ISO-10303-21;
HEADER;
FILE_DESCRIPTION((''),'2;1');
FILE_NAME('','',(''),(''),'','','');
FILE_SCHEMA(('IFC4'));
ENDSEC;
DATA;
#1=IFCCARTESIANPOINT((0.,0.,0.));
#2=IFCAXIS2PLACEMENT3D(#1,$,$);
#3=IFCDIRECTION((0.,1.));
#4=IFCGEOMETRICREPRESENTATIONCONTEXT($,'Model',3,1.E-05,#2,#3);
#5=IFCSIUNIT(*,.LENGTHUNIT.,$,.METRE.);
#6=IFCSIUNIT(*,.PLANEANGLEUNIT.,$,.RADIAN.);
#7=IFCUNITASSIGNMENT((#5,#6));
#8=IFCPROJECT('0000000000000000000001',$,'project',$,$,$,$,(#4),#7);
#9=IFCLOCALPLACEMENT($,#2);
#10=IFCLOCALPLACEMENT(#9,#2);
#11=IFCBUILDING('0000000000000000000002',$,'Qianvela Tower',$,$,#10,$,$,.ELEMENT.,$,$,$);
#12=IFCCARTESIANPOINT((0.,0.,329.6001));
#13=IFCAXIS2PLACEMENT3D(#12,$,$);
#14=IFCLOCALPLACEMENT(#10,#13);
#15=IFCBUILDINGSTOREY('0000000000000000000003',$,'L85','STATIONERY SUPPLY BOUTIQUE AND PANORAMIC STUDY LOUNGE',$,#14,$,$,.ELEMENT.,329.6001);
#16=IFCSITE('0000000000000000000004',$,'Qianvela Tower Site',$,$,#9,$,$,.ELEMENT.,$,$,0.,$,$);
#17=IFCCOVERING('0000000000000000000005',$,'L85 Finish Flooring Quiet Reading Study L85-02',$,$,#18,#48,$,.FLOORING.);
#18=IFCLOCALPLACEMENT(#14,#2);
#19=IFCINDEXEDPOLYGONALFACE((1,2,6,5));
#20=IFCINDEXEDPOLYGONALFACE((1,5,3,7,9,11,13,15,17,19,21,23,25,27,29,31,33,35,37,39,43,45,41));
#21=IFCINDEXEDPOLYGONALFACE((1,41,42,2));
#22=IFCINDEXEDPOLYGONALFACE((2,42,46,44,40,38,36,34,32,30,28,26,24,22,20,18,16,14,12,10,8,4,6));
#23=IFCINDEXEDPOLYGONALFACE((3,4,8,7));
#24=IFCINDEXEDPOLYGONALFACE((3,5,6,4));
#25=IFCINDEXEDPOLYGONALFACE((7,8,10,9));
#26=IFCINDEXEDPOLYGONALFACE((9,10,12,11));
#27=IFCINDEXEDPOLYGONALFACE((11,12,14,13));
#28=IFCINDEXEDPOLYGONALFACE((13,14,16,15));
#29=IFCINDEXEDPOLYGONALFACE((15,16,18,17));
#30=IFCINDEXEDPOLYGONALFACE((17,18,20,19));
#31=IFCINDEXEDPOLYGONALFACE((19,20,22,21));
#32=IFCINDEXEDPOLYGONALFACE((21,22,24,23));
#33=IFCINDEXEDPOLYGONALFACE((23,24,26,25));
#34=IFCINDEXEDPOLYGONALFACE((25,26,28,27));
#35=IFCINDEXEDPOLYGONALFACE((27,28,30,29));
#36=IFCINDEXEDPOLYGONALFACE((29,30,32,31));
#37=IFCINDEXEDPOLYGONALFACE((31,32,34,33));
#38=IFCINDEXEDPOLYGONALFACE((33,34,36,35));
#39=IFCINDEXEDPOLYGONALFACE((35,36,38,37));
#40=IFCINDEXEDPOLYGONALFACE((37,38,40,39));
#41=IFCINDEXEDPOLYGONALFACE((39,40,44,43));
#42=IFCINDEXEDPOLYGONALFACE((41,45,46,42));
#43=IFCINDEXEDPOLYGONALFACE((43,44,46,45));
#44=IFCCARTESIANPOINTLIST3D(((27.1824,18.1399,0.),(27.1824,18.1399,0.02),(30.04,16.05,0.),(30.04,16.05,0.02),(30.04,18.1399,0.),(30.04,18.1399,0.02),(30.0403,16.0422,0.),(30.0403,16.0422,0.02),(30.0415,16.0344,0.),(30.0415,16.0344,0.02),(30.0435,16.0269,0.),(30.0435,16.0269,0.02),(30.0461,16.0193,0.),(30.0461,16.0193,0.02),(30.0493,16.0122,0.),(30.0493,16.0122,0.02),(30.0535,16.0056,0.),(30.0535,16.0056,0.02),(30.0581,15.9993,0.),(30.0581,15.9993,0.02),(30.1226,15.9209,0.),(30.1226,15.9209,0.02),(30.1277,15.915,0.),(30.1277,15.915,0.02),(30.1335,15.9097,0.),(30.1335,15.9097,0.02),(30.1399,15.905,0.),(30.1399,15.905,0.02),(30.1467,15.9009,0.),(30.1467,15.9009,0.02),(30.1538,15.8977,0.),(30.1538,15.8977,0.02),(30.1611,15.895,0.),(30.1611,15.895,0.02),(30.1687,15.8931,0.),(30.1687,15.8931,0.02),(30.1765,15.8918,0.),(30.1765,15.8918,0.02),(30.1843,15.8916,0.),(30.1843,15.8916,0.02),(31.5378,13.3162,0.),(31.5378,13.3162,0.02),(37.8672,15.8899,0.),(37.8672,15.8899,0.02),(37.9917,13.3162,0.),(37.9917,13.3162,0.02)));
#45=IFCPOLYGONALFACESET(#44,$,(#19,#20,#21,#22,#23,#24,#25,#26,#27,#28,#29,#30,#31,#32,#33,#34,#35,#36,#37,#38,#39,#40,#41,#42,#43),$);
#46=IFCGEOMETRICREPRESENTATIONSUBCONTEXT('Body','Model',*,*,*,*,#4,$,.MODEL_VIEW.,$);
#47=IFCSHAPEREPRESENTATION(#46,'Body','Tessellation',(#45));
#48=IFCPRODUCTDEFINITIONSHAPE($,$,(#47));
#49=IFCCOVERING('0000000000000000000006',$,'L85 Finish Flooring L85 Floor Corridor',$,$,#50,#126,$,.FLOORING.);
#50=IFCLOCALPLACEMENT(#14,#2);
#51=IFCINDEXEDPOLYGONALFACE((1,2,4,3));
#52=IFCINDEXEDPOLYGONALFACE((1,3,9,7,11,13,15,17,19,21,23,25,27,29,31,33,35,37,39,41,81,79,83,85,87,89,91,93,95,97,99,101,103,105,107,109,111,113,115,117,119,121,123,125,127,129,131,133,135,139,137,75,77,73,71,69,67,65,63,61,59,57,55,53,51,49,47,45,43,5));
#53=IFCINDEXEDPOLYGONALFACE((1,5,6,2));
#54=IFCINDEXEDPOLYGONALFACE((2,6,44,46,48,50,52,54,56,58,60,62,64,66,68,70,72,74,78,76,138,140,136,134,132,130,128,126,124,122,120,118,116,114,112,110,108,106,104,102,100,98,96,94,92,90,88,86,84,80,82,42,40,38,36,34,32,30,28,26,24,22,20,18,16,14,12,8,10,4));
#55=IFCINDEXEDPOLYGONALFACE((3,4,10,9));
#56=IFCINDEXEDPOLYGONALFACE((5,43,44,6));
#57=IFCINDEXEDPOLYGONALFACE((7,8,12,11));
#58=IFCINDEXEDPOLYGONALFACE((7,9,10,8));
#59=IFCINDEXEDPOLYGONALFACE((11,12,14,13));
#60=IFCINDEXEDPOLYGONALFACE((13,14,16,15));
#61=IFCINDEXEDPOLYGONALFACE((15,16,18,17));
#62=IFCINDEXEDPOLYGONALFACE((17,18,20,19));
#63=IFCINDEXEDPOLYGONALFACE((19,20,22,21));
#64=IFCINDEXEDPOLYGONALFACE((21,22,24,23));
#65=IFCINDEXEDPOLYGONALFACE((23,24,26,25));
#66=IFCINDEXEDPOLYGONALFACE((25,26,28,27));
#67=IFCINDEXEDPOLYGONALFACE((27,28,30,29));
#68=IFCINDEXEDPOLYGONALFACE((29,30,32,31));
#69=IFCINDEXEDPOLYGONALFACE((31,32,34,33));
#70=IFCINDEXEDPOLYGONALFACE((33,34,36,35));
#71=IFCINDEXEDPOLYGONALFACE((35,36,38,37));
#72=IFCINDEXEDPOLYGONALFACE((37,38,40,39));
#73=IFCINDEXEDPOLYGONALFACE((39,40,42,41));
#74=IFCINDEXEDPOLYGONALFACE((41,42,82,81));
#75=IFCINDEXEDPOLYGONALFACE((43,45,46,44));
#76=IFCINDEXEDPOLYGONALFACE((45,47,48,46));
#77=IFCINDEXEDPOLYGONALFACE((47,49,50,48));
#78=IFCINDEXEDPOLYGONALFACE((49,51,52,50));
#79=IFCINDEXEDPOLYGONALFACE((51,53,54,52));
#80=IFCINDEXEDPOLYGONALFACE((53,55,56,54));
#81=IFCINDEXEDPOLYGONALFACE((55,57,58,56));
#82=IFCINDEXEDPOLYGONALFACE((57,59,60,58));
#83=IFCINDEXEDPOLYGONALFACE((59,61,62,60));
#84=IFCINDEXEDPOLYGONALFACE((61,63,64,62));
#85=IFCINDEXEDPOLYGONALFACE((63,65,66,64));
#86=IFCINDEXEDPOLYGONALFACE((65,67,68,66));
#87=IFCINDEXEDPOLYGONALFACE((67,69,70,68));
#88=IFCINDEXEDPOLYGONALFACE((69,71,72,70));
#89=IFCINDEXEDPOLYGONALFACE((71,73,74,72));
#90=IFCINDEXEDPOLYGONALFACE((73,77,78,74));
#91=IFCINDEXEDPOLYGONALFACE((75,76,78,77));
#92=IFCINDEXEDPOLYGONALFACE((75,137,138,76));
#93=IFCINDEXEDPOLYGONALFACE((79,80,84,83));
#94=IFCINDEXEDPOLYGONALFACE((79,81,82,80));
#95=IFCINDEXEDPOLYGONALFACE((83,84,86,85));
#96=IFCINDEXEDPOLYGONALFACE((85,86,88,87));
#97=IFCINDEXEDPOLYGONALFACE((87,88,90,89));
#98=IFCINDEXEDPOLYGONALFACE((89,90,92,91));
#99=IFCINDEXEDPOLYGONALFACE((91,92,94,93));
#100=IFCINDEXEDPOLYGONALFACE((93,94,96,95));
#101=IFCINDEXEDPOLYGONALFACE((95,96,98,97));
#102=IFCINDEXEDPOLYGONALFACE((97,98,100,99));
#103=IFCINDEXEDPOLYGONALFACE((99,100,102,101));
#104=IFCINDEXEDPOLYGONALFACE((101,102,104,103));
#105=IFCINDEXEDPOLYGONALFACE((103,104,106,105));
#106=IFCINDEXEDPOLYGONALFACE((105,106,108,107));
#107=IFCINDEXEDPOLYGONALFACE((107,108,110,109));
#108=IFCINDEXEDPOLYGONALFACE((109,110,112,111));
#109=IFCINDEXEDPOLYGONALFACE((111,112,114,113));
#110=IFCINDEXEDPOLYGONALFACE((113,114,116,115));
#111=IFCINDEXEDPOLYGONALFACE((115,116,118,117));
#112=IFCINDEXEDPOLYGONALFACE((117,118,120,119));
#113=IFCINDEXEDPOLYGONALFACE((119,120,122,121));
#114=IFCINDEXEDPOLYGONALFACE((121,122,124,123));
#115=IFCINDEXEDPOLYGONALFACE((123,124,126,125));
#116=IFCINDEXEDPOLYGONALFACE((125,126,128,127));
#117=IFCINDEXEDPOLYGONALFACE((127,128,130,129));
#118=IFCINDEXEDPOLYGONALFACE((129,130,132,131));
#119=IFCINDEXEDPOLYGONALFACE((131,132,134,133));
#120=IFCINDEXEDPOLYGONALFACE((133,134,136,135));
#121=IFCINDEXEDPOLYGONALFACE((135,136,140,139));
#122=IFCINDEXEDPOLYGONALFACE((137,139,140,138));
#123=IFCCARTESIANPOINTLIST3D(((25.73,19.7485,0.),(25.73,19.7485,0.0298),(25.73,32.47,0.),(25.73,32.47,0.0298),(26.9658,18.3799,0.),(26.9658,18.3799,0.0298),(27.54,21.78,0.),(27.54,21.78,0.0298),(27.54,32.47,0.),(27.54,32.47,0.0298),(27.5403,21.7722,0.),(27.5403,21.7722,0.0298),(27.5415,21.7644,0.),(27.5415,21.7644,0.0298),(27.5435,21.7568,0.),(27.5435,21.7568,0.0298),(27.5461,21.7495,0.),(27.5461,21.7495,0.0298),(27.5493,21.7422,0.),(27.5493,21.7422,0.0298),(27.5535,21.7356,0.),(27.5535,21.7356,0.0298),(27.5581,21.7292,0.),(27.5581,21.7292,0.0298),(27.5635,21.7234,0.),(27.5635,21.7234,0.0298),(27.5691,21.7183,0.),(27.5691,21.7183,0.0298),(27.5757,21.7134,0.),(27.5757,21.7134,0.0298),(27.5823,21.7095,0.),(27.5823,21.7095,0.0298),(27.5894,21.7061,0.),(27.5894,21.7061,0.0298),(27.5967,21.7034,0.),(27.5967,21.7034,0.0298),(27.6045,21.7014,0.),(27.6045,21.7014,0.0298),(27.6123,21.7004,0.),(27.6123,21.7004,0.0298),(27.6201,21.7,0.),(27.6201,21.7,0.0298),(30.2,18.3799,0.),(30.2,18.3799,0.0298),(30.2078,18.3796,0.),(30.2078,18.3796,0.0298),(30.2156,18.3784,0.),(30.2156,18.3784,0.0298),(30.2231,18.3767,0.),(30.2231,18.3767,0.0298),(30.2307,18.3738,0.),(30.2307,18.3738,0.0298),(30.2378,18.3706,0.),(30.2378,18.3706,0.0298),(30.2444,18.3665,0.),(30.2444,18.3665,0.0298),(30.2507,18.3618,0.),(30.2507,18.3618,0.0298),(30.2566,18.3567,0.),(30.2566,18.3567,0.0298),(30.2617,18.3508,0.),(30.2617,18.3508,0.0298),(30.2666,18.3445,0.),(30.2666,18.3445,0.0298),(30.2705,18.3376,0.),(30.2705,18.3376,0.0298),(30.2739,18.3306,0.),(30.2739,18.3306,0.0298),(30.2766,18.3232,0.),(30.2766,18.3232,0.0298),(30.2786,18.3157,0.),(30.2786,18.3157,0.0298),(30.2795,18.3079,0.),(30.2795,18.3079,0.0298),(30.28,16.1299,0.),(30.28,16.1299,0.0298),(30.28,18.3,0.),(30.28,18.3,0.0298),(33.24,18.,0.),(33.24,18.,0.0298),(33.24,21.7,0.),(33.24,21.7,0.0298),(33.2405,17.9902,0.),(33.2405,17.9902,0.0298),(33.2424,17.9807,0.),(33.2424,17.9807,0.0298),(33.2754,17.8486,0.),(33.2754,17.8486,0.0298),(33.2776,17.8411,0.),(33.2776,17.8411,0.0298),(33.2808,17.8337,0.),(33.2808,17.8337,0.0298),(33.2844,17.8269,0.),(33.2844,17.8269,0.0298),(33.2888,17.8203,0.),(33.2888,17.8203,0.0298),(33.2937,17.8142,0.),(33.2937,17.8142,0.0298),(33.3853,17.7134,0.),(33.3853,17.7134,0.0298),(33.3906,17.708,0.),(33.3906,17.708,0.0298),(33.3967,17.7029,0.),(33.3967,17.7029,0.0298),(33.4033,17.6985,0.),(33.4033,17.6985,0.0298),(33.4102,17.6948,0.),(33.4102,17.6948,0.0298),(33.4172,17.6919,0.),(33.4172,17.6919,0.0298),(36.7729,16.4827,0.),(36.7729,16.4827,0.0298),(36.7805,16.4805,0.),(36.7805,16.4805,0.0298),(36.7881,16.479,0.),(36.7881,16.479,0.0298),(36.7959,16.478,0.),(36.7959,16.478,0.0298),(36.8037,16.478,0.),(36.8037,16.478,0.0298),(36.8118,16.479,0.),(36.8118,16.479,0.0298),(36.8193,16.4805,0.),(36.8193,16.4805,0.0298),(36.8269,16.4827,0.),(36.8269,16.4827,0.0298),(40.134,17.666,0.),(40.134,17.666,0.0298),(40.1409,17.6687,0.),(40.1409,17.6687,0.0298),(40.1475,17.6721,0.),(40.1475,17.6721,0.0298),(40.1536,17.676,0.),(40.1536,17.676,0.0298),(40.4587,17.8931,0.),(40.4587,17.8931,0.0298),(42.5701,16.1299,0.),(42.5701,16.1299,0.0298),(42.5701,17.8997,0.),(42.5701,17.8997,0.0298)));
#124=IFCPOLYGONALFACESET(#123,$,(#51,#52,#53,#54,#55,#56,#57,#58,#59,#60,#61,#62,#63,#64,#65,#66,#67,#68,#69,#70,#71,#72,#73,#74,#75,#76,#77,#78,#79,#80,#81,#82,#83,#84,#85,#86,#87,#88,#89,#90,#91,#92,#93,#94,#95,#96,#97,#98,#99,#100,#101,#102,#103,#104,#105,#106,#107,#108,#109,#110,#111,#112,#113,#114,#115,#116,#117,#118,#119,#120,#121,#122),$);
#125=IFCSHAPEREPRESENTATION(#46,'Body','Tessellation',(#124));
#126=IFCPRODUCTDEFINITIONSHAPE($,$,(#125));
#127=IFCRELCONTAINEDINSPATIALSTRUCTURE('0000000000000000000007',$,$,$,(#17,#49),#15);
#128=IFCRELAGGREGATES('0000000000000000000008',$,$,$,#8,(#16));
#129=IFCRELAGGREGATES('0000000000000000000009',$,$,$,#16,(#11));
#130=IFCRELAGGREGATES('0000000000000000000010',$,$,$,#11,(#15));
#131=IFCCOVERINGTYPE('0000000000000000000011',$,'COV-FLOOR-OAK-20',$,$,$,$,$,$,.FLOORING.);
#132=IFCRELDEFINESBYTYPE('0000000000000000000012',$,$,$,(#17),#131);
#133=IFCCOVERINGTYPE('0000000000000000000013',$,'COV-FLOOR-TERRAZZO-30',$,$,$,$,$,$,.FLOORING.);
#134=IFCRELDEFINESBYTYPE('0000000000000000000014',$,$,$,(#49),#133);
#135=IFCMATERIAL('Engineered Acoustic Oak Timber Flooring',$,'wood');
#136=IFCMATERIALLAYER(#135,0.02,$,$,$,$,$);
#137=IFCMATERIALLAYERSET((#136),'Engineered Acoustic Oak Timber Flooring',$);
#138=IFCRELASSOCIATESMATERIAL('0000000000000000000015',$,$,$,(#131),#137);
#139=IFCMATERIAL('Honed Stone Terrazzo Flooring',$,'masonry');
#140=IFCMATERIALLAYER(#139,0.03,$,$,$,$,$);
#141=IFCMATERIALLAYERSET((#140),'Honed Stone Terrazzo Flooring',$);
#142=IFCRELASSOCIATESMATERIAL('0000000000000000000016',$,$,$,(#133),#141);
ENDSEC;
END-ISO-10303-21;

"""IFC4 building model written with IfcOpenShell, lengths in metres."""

from ifc_helpers import new_model, si_unit, direction, frame, origin, place, context, subcontext, project, spatial, polyline, outline, extrude, material, layer, layer_set, type_object, element, save


model = new_model("IFC4")

# Units and contexts
model_context = context("Model", 3, precision=1e-05, world=origin(), true_north=direction((0.0, 1.0)))
body_context = subcontext(model_context, "Body", "Model", "MODEL_VIEW")
ifc_project = project(units=[si_unit("LENGTHUNIT", "METRE"), si_unit("PLANEANGLEUNIT", "RADIAN")], contexts=[model_context])

# Site, building, storey
site_placement = place(None, origin())
site = spatial("IfcSite", under=ifc_project, at=site_placement, Name="Qianvela Tower Site", CompositionType="ELEMENT", RefElevation=0.0)
building_placement = place(site_placement, origin())
building = spatial("IfcBuilding", under=site, at=building_placement, Name="Qianvela Tower", CompositionType="ELEMENT")
storey_placement = place(building_placement, frame((0.0, 0.0, 329.6001)))
storey = spatial("IfcBuildingStorey", under=building, at=storey_placement, Name="L85", Description="STATIONERY SUPPLY BOUTIQUE AND PANORAMIC STUDY LOUNGE", CompositionType="ELEMENT", Elevation=329.6001)

# Coverings
ifc_material_1 = material(Name="Engineered Acoustic Oak Timber Flooring", Category="wood")
ifc_layer_1 = layer(ifc_material_1, 0.02)
ifc_layer_set_1 = layer_set([ifc_layer_1], Name="Engineered Acoustic Oak Timber Flooring")
covering_type_1 = type_object("IfcCoveringType", Name="COV-FLOOR-OAK-20", PredefinedType="FLOORING", material=ifc_layer_set_1)
covering_1_placement = place(storey_placement, origin())
element("IfcCovering", 1, at=covering_1_placement, inside=storey, type_object=covering_type_1, Name="L85 Finish Flooring Quiet Reading Study L85-02", PredefinedType="FLOORING", context=body_context, shape_type="SweptSolid", body=[
    extrude(outline(polyline([(30.04, 18.1399), (30.04, 16.05), (30.0403, 16.0422), (30.0415, 16.0344), (30.0435, 16.0269), (30.0461, 16.0193), (30.0493, 16.0122), (30.0535, 16.0056), (30.0581, 15.9993), (30.1226, 15.9209), (30.1277, 15.915), (30.1335, 15.9097), (30.1399, 15.905), (30.1467, 15.9009), (30.1538, 15.8977), (30.1611, 15.895), (30.1687, 15.8931), (30.1765, 15.8918), (30.1843, 15.8916), (37.8672, 15.8899), (37.9917, 13.3162), (31.5378, 13.3162), (27.1824, 18.1399), (30.04, 18.1399)])), origin(), (0.0, 0.0, 1.0), 0.02),
])
ifc_material_2 = material(Name="Honed Stone Terrazzo Flooring", Category="masonry")
ifc_layer_2 = layer(ifc_material_2, 0.03)
ifc_layer_set_2 = layer_set([ifc_layer_2], Name="Honed Stone Terrazzo Flooring")
covering_type_2 = type_object("IfcCoveringType", Name="COV-FLOOR-TERRAZZO-30", PredefinedType="FLOORING", material=ifc_layer_set_2)
covering_2_placement = place(storey_placement, origin())
element("IfcCovering", 2, at=covering_2_placement, inside=storey, type_object=covering_type_2, Name="L85 Finish Flooring L85 Floor Corridor", PredefinedType="FLOORING", context=body_context, shape_type="SweptSolid", body=[
    extrude(outline(polyline([(33.24, 18.0), (33.2405, 17.9902), (33.2424, 17.9807), (33.2754, 17.8486), (33.2776, 17.8411), (33.2808, 17.8337), (33.2844, 17.8269), (33.2888, 17.8203), (33.2937, 17.8142), (33.3853, 17.7134), (33.3906, 17.708), (33.3967, 17.7029), (33.4033, 17.6985), (33.4102, 17.6948), (33.4172, 17.6919), (36.7729, 16.4827), (36.7805, 16.4805), (36.7881, 16.479), (36.7959, 16.478), (36.8037, 16.478), (36.8118, 16.479), (36.8193, 16.4805), (36.8269, 16.4827), (40.134, 17.666), (40.1409, 17.6687), (40.1475, 17.6721), (40.1536, 17.676), (40.4587, 17.8931), (42.5701, 17.8997), (42.5701, 16.1299), (30.28, 16.1299), (30.28, 18.3), (30.2795, 18.3079), (30.2786, 18.3157), (30.2766, 18.3232), (30.2739, 18.3306), (30.2705, 18.3376), (30.2666, 18.3445), (30.2617, 18.3508), (30.2566, 18.3567), (30.2507, 18.3618), (30.2444, 18.3665), (30.2378, 18.3706), (30.2307, 18.3738), (30.2231, 18.3767), (30.2156, 18.3784), (30.2078, 18.3796), (30.2, 18.3799), (26.9658, 18.3799), (25.73, 19.7485), (25.73, 32.47), (27.54, 32.47), (27.54, 21.78), (27.5403, 21.7722), (27.5415, 21.7644), (27.5435, 21.7568), (27.5461, 21.7495), (27.5493, 21.7422), (27.5535, 21.7356), (27.5581, 21.7292), (27.5635, 21.7234), (27.5691, 21.7183), (27.5757, 21.7134), (27.5823, 21.7095), (27.5894, 21.7061), (27.5967, 21.7034), (27.6045, 21.7014), (27.6123, 21.7004), (27.6201, 21.7), (33.24, 21.7), (33.24, 18.0)])), origin(), (0.0, 0.0, 1.0), 0.0298),
])

save(model, "model.ifc")
